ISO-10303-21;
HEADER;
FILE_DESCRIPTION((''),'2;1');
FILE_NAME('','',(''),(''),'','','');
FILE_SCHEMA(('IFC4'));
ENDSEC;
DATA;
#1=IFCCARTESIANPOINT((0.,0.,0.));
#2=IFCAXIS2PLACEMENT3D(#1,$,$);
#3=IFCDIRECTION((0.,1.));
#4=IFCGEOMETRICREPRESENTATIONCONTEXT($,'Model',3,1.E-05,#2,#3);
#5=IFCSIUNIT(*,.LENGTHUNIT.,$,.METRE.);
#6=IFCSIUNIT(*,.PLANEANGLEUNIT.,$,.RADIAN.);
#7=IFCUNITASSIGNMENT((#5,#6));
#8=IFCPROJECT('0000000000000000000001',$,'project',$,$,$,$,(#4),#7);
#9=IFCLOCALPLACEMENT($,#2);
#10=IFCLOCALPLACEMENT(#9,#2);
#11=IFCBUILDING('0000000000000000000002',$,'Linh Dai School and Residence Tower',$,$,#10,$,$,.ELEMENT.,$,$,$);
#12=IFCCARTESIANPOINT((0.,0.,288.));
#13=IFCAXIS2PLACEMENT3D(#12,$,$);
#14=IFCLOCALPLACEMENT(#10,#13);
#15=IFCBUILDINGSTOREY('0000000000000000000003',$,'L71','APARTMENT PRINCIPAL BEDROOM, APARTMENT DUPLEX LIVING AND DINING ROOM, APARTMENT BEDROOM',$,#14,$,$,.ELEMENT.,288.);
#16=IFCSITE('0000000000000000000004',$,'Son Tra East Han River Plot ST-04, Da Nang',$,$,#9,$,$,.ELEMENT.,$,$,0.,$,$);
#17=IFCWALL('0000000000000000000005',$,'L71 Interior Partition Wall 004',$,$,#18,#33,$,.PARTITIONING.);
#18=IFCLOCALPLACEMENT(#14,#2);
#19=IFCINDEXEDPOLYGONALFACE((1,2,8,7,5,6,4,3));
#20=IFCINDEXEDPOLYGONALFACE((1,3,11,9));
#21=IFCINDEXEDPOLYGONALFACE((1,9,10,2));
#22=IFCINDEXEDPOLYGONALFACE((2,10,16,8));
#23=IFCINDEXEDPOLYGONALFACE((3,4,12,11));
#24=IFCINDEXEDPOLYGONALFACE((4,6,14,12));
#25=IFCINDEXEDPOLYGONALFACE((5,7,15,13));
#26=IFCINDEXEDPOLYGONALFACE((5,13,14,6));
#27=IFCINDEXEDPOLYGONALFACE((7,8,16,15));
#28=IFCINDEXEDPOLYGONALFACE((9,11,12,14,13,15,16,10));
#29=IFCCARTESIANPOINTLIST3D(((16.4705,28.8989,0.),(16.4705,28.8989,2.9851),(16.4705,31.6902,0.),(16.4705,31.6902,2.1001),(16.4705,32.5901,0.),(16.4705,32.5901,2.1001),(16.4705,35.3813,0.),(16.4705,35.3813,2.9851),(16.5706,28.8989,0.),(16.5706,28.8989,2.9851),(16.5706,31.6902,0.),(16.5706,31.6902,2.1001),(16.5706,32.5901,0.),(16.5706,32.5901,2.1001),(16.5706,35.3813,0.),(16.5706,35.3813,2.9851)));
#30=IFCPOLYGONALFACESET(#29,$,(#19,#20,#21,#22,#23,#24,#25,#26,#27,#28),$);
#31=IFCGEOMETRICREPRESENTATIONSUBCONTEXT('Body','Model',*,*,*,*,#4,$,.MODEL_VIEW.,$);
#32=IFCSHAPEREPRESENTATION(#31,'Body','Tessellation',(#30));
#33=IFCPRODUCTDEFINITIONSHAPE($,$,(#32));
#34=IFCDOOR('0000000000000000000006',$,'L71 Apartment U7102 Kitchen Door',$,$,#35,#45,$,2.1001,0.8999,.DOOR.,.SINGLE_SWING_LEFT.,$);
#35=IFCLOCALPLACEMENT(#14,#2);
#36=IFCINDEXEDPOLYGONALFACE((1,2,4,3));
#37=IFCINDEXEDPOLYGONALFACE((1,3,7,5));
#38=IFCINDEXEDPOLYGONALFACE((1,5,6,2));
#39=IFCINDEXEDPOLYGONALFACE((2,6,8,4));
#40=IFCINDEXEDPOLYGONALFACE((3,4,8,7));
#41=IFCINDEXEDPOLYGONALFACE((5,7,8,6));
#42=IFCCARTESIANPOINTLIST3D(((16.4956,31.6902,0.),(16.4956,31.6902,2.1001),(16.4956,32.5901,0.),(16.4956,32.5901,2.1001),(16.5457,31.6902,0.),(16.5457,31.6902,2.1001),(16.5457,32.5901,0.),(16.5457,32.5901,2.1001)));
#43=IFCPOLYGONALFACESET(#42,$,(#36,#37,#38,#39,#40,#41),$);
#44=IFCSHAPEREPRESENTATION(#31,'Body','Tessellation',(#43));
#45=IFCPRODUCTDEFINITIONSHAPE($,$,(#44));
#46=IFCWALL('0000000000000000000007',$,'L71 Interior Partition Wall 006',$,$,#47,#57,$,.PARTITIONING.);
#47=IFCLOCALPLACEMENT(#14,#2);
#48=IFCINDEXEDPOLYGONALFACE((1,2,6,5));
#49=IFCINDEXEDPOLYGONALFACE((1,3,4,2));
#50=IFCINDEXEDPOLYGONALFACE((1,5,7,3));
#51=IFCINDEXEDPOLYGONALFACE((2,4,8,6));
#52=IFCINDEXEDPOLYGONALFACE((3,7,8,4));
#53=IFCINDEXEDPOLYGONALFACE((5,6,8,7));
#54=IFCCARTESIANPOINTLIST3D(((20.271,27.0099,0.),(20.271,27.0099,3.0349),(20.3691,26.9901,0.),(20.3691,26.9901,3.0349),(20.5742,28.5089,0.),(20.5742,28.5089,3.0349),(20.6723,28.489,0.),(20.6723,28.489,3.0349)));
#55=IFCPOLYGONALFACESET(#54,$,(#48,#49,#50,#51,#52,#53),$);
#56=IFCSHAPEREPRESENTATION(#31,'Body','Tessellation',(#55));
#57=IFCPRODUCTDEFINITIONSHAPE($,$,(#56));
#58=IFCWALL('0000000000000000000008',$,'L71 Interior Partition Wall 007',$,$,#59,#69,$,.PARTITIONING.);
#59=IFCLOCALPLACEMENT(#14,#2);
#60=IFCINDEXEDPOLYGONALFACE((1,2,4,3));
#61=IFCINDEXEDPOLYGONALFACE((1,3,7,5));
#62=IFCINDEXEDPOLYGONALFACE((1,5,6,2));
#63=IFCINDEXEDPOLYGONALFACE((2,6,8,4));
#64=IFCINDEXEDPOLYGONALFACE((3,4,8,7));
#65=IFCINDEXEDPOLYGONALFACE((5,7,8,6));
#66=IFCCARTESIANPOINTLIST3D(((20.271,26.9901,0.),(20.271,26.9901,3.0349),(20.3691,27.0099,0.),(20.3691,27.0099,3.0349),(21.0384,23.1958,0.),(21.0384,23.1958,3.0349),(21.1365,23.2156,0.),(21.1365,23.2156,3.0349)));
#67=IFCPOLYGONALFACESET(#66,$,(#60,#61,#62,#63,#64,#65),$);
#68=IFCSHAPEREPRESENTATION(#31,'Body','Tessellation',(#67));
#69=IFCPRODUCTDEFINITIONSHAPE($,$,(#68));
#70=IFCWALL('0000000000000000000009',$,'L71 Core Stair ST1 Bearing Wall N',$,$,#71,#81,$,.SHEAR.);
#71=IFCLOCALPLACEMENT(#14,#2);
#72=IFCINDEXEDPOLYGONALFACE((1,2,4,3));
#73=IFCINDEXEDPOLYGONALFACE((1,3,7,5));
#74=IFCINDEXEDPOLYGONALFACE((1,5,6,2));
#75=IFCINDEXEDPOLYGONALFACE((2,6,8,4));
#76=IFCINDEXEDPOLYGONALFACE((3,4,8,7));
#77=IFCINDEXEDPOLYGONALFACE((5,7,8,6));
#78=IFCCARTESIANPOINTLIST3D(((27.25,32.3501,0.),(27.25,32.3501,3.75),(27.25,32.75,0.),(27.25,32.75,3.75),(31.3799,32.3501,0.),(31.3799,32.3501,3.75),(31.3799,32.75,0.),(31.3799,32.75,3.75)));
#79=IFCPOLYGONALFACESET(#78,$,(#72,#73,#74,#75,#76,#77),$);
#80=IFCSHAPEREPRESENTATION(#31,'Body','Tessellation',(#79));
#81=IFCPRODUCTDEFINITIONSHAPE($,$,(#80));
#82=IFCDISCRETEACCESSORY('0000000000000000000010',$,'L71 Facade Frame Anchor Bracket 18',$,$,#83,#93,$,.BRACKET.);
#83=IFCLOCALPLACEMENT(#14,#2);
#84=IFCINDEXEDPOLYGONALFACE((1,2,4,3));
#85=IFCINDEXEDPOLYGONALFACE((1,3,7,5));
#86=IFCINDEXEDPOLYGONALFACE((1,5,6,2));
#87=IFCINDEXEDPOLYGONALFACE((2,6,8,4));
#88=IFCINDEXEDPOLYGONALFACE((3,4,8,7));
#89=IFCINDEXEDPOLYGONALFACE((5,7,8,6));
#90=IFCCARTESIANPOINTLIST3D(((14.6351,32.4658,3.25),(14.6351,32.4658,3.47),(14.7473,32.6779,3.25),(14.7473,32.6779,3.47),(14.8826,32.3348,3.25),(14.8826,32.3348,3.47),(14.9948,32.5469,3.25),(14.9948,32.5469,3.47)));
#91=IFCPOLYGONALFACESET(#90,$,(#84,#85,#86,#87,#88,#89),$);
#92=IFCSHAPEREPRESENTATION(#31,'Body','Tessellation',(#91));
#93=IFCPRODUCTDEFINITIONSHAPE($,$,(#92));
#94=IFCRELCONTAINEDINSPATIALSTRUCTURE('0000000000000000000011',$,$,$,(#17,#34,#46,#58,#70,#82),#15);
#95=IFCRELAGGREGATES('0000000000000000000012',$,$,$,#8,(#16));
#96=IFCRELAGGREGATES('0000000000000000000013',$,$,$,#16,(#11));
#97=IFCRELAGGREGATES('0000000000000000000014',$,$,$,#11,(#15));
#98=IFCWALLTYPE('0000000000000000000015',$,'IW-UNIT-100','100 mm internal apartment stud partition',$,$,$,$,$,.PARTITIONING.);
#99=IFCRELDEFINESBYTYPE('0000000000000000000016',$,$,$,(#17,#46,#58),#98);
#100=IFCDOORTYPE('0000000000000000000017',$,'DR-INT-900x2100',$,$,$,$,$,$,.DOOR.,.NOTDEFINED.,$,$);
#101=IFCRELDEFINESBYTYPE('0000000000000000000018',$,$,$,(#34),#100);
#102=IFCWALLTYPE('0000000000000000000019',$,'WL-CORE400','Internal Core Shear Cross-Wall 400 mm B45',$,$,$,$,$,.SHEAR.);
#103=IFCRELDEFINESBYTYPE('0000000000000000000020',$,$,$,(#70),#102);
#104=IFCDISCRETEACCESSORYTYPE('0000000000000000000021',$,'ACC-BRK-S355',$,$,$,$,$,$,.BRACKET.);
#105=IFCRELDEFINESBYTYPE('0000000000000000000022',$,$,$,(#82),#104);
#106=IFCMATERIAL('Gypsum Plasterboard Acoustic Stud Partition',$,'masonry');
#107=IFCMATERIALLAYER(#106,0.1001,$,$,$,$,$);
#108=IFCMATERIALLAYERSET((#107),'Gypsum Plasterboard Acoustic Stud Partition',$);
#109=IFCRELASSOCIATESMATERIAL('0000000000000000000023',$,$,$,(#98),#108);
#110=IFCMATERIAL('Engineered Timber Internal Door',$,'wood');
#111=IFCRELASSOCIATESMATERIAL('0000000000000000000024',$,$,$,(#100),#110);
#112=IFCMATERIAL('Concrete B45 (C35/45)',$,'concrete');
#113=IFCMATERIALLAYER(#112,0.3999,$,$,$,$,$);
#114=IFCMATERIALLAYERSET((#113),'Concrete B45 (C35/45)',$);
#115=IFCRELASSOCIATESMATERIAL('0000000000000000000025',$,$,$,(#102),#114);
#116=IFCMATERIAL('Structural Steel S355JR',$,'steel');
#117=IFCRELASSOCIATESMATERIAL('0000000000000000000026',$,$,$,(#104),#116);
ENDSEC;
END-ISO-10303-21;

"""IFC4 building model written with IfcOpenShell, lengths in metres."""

from ifc_helpers import new_model, si_unit, direction, frame, frame_2d, origin, origin_2d, place, context, subcontext, project, spatial, rectangle, extrude, source, transform, mapped, material, layer, layer_set, type_object, element, fill, save


model = new_model("IFC4")

# Units and contexts
model_context = context("Model", 3, precision=1e-05, world=origin(), true_north=direction((0.0, 1.0)))
body_context = subcontext(model_context, "Body", "Model", "MODEL_VIEW")
ifc_project = project(units=[si_unit("LENGTHUNIT", "METRE"), si_unit("PLANEANGLEUNIT", "RADIAN")], contexts=[model_context])

# Site, building, storey
site_placement = place(None, origin())
site = spatial("IfcSite", under=ifc_project, at=site_placement, Name="Son Tra East Han River Plot ST-04, Da Nang", CompositionType="ELEMENT", RefElevation=0.0)
building_placement = place(site_placement, origin())
building = spatial("IfcBuilding", under=site, at=building_placement, Name="Linh Dai School and Residence Tower", CompositionType="ELEMENT")
storey_placement = place(building_placement, frame((0.0, 0.0, 288.0)))
storey = spatial("IfcBuildingStorey", under=building, at=storey_placement, Name="L71", Description="APARTMENT PRINCIPAL BEDROOM, APARTMENT DUPLEX LIVING AND DINING ROOM, APARTMENT BEDROOM", CompositionType="ELEMENT", Elevation=288.0)

# Shared definitions
ifc_material_1 = material(Name="Structural Steel S355JR", Category="steel")

# Wall, opening, door
ifc_material_2 = material(Name="Gypsum Plasterboard Acoustic Stud Partition", Category="masonry")
ifc_layer_1 = layer(ifc_material_2, 0.1001)
ifc_layer_set_1 = layer_set([ifc_layer_1], Name="Gypsum Plasterboard Acoustic Stud Partition")
wall_type_1 = type_object("IfcWallType", Name="IW-UNIT-100", Description="100 mm internal apartment stud partition", PredefinedType="PARTITIONING", material=ifc_layer_set_1)
ifc_material_3 = material(Name="Engineered Timber Internal Door", Category="wood")
door_type_1 = type_object("IfcDoorType", Name="DR-INT-900x2100", OperationType="NOTDEFINED", PredefinedType="DOOR", material=ifc_material_3)
shared_shape_1 = source(origin(), body_context, "Body", "SweptSolid", [
    extrude(rectangle(XDim=0.8999, YDim=2.1001, at=origin_2d()), frame((0.45, 0.0249, 1.05), z_axis=(0.0, -1.0, 0.0), x_axis=(1.0, 0.0, 0.0)), (0.0, 0.0, 1.0), 0.05),
])
wall_1_placement = place(storey_placement, frame((16.5205, 28.8989, 0.0), z_axis=(0.0, 0.0, 1.0), x_axis=(0.0, 1.0, 0.0)))
wall_1 = element("IfcWall", 1, at=wall_1_placement, inside=storey, type_object=wall_type_1, Name="L71 Interior Partition Wall 004", PredefinedType="PARTITIONING", context=body_context, shape_type="SweptSolid", body=[
    extrude(rectangle(XDim=6.4824, YDim=0.1001, at=frame_2d((3.2412, 0.0))), origin(), (0.0, 0.0, 1.0), 2.9851),
])
opening_1_placement = place(wall_1_placement, frame((2.7913, 0.0, 0.0)))
opening_1 = element("IfcOpeningElement", 2, at=opening_1_placement, cuts=wall_1, PredefinedType="OPENING", context=body_context, shape_type="SweptSolid", body=[
    extrude(rectangle(XDim=0.8999, YDim=2.1001, at=origin_2d()), frame((0.45, 0.0601, 1.05), z_axis=(0.0, -1.0, 0.0), x_axis=(1.0, 0.0, 0.0)), (0.0, 0.0, 1.0), 0.1201),
])
door_1_placement = place(opening_1_placement, origin())
door_1 = element("IfcDoor", 3, at=door_1_placement, inside=storey, type_object=door_type_1, Name="L71 Apartment U7102 Kitchen Door", OperationType="SINGLE_SWING_LEFT", OverallHeight=2.1001, OverallWidth=0.8999, PredefinedType="DOOR", context=body_context, shape_type="MappedRepresentation", body=[
    mapped(shared_shape_1, transform((0.0, 0.0, 0.0), x_axis=(1.0, 0.0, 0.0), y_axis=(0.0, 1.0, 0.0), z_axis=(0.0, 0.0, 1.0), scale=1.0)),
])
fill(opening_1, door_1)

# Walls
wall_2_placement = place(storey_placement, frame((20.3201, 27.0, 0.0), z_axis=(0.0, 0.0, 1.0), x_axis=(0.198265, 0.980149, 0.0)))
element("IfcWall", 4, at=wall_2_placement, inside=storey, type_object=wall_type_1, Name="L71 Interior Partition Wall 006", PredefinedType="PARTITIONING", context=body_context, shape_type="SweptSolid", body=[
    extrude(rectangle(XDim=1.5293, YDim=0.1001, at=frame_2d((0.7646, 0.0))), origin(), (0.0, 0.0, 1.0), 3.0349),
])
wall_3_placement = place(storey_placement, frame((20.3201, 27.0, 0.0), z_axis=(0.0, 0.0, 1.0), x_axis=(0.198226, -0.980156, 0.0)))
element("IfcWall", 5, at=wall_3_placement, inside=storey, type_object=wall_type_1, Name="L71 Interior Partition Wall 007", PredefinedType="PARTITIONING", context=body_context, shape_type="SweptSolid", body=[
    extrude(rectangle(XDim=3.8711, YDim=0.1001, at=frame_2d((1.9355, 0.0))), origin(), (0.0, 0.0, 1.0), 3.0349),
])
ifc_material_4 = material(Name="Concrete B45 (C35/45)", Category="concrete")
ifc_layer_2 = layer(ifc_material_4, 0.3999)
ifc_layer_set_2 = layer_set([ifc_layer_2], Name="Concrete B45 (C35/45)")
wall_type_2 = type_object("IfcWallType", Name="WL-CORE400", Description="Internal Core Shear Cross-Wall 400 mm B45", PredefinedType="SHEAR", material=ifc_layer_set_2)
wall_4_placement = place(storey_placement, frame((27.25, 32.55, 0.0), z_axis=(0.0, 0.0, 1.0), x_axis=(1.0, 0.0, 0.0)))
element("IfcWall", 6, at=wall_4_placement, inside=storey, type_object=wall_type_2, Name="L71 Core Stair ST1 Bearing Wall N", PredefinedType="SHEAR", context=body_context, shape_type="SweptSolid", body=[
    extrude(rectangle(XDim=4.1299, YDim=0.3999, at=frame_2d((2.0649, 0.0))), origin(), (0.0, 0.0, 1.0), 3.75),
])

# Discrete accessory
discrete_accessory_type = type_object("IfcDiscreteAccessoryType", Name="ACC-BRK-S355", PredefinedType="BRACKET", material=ifc_material_1)
shared_shape_2 = source(origin(), body_context, "Body", "SweptSolid", [
    extrude(rectangle(XDim=0.28, YDim=0.24, at=origin_2d()), origin(), (0.0, 0.0, 1.0), 0.22),
])
discrete_accessory_placement = place(storey_placement, frame((14.8149, 32.5063, 3.25), z_axis=(0.0, 0.0, 1.0), x_axis=(-0.883938, 0.467604, 0.0)))
element("IfcDiscreteAccessory", 7, at=discrete_accessory_placement, inside=storey, type_object=discrete_accessory_type, Name="L71 Facade Frame Anchor Bracket 18", PredefinedType="BRACKET", context=body_context, shape_type="MappedRepresentation", body=[
    mapped(shared_shape_2, transform((0.0, 0.0, 0.0), x_axis=(1.0, 0.0, 0.0), y_axis=(0.0, 1.0, 0.0), z_axis=(0.0, 0.0, 1.0), scale=1.0)),
])

save(model, "model.ifc")
